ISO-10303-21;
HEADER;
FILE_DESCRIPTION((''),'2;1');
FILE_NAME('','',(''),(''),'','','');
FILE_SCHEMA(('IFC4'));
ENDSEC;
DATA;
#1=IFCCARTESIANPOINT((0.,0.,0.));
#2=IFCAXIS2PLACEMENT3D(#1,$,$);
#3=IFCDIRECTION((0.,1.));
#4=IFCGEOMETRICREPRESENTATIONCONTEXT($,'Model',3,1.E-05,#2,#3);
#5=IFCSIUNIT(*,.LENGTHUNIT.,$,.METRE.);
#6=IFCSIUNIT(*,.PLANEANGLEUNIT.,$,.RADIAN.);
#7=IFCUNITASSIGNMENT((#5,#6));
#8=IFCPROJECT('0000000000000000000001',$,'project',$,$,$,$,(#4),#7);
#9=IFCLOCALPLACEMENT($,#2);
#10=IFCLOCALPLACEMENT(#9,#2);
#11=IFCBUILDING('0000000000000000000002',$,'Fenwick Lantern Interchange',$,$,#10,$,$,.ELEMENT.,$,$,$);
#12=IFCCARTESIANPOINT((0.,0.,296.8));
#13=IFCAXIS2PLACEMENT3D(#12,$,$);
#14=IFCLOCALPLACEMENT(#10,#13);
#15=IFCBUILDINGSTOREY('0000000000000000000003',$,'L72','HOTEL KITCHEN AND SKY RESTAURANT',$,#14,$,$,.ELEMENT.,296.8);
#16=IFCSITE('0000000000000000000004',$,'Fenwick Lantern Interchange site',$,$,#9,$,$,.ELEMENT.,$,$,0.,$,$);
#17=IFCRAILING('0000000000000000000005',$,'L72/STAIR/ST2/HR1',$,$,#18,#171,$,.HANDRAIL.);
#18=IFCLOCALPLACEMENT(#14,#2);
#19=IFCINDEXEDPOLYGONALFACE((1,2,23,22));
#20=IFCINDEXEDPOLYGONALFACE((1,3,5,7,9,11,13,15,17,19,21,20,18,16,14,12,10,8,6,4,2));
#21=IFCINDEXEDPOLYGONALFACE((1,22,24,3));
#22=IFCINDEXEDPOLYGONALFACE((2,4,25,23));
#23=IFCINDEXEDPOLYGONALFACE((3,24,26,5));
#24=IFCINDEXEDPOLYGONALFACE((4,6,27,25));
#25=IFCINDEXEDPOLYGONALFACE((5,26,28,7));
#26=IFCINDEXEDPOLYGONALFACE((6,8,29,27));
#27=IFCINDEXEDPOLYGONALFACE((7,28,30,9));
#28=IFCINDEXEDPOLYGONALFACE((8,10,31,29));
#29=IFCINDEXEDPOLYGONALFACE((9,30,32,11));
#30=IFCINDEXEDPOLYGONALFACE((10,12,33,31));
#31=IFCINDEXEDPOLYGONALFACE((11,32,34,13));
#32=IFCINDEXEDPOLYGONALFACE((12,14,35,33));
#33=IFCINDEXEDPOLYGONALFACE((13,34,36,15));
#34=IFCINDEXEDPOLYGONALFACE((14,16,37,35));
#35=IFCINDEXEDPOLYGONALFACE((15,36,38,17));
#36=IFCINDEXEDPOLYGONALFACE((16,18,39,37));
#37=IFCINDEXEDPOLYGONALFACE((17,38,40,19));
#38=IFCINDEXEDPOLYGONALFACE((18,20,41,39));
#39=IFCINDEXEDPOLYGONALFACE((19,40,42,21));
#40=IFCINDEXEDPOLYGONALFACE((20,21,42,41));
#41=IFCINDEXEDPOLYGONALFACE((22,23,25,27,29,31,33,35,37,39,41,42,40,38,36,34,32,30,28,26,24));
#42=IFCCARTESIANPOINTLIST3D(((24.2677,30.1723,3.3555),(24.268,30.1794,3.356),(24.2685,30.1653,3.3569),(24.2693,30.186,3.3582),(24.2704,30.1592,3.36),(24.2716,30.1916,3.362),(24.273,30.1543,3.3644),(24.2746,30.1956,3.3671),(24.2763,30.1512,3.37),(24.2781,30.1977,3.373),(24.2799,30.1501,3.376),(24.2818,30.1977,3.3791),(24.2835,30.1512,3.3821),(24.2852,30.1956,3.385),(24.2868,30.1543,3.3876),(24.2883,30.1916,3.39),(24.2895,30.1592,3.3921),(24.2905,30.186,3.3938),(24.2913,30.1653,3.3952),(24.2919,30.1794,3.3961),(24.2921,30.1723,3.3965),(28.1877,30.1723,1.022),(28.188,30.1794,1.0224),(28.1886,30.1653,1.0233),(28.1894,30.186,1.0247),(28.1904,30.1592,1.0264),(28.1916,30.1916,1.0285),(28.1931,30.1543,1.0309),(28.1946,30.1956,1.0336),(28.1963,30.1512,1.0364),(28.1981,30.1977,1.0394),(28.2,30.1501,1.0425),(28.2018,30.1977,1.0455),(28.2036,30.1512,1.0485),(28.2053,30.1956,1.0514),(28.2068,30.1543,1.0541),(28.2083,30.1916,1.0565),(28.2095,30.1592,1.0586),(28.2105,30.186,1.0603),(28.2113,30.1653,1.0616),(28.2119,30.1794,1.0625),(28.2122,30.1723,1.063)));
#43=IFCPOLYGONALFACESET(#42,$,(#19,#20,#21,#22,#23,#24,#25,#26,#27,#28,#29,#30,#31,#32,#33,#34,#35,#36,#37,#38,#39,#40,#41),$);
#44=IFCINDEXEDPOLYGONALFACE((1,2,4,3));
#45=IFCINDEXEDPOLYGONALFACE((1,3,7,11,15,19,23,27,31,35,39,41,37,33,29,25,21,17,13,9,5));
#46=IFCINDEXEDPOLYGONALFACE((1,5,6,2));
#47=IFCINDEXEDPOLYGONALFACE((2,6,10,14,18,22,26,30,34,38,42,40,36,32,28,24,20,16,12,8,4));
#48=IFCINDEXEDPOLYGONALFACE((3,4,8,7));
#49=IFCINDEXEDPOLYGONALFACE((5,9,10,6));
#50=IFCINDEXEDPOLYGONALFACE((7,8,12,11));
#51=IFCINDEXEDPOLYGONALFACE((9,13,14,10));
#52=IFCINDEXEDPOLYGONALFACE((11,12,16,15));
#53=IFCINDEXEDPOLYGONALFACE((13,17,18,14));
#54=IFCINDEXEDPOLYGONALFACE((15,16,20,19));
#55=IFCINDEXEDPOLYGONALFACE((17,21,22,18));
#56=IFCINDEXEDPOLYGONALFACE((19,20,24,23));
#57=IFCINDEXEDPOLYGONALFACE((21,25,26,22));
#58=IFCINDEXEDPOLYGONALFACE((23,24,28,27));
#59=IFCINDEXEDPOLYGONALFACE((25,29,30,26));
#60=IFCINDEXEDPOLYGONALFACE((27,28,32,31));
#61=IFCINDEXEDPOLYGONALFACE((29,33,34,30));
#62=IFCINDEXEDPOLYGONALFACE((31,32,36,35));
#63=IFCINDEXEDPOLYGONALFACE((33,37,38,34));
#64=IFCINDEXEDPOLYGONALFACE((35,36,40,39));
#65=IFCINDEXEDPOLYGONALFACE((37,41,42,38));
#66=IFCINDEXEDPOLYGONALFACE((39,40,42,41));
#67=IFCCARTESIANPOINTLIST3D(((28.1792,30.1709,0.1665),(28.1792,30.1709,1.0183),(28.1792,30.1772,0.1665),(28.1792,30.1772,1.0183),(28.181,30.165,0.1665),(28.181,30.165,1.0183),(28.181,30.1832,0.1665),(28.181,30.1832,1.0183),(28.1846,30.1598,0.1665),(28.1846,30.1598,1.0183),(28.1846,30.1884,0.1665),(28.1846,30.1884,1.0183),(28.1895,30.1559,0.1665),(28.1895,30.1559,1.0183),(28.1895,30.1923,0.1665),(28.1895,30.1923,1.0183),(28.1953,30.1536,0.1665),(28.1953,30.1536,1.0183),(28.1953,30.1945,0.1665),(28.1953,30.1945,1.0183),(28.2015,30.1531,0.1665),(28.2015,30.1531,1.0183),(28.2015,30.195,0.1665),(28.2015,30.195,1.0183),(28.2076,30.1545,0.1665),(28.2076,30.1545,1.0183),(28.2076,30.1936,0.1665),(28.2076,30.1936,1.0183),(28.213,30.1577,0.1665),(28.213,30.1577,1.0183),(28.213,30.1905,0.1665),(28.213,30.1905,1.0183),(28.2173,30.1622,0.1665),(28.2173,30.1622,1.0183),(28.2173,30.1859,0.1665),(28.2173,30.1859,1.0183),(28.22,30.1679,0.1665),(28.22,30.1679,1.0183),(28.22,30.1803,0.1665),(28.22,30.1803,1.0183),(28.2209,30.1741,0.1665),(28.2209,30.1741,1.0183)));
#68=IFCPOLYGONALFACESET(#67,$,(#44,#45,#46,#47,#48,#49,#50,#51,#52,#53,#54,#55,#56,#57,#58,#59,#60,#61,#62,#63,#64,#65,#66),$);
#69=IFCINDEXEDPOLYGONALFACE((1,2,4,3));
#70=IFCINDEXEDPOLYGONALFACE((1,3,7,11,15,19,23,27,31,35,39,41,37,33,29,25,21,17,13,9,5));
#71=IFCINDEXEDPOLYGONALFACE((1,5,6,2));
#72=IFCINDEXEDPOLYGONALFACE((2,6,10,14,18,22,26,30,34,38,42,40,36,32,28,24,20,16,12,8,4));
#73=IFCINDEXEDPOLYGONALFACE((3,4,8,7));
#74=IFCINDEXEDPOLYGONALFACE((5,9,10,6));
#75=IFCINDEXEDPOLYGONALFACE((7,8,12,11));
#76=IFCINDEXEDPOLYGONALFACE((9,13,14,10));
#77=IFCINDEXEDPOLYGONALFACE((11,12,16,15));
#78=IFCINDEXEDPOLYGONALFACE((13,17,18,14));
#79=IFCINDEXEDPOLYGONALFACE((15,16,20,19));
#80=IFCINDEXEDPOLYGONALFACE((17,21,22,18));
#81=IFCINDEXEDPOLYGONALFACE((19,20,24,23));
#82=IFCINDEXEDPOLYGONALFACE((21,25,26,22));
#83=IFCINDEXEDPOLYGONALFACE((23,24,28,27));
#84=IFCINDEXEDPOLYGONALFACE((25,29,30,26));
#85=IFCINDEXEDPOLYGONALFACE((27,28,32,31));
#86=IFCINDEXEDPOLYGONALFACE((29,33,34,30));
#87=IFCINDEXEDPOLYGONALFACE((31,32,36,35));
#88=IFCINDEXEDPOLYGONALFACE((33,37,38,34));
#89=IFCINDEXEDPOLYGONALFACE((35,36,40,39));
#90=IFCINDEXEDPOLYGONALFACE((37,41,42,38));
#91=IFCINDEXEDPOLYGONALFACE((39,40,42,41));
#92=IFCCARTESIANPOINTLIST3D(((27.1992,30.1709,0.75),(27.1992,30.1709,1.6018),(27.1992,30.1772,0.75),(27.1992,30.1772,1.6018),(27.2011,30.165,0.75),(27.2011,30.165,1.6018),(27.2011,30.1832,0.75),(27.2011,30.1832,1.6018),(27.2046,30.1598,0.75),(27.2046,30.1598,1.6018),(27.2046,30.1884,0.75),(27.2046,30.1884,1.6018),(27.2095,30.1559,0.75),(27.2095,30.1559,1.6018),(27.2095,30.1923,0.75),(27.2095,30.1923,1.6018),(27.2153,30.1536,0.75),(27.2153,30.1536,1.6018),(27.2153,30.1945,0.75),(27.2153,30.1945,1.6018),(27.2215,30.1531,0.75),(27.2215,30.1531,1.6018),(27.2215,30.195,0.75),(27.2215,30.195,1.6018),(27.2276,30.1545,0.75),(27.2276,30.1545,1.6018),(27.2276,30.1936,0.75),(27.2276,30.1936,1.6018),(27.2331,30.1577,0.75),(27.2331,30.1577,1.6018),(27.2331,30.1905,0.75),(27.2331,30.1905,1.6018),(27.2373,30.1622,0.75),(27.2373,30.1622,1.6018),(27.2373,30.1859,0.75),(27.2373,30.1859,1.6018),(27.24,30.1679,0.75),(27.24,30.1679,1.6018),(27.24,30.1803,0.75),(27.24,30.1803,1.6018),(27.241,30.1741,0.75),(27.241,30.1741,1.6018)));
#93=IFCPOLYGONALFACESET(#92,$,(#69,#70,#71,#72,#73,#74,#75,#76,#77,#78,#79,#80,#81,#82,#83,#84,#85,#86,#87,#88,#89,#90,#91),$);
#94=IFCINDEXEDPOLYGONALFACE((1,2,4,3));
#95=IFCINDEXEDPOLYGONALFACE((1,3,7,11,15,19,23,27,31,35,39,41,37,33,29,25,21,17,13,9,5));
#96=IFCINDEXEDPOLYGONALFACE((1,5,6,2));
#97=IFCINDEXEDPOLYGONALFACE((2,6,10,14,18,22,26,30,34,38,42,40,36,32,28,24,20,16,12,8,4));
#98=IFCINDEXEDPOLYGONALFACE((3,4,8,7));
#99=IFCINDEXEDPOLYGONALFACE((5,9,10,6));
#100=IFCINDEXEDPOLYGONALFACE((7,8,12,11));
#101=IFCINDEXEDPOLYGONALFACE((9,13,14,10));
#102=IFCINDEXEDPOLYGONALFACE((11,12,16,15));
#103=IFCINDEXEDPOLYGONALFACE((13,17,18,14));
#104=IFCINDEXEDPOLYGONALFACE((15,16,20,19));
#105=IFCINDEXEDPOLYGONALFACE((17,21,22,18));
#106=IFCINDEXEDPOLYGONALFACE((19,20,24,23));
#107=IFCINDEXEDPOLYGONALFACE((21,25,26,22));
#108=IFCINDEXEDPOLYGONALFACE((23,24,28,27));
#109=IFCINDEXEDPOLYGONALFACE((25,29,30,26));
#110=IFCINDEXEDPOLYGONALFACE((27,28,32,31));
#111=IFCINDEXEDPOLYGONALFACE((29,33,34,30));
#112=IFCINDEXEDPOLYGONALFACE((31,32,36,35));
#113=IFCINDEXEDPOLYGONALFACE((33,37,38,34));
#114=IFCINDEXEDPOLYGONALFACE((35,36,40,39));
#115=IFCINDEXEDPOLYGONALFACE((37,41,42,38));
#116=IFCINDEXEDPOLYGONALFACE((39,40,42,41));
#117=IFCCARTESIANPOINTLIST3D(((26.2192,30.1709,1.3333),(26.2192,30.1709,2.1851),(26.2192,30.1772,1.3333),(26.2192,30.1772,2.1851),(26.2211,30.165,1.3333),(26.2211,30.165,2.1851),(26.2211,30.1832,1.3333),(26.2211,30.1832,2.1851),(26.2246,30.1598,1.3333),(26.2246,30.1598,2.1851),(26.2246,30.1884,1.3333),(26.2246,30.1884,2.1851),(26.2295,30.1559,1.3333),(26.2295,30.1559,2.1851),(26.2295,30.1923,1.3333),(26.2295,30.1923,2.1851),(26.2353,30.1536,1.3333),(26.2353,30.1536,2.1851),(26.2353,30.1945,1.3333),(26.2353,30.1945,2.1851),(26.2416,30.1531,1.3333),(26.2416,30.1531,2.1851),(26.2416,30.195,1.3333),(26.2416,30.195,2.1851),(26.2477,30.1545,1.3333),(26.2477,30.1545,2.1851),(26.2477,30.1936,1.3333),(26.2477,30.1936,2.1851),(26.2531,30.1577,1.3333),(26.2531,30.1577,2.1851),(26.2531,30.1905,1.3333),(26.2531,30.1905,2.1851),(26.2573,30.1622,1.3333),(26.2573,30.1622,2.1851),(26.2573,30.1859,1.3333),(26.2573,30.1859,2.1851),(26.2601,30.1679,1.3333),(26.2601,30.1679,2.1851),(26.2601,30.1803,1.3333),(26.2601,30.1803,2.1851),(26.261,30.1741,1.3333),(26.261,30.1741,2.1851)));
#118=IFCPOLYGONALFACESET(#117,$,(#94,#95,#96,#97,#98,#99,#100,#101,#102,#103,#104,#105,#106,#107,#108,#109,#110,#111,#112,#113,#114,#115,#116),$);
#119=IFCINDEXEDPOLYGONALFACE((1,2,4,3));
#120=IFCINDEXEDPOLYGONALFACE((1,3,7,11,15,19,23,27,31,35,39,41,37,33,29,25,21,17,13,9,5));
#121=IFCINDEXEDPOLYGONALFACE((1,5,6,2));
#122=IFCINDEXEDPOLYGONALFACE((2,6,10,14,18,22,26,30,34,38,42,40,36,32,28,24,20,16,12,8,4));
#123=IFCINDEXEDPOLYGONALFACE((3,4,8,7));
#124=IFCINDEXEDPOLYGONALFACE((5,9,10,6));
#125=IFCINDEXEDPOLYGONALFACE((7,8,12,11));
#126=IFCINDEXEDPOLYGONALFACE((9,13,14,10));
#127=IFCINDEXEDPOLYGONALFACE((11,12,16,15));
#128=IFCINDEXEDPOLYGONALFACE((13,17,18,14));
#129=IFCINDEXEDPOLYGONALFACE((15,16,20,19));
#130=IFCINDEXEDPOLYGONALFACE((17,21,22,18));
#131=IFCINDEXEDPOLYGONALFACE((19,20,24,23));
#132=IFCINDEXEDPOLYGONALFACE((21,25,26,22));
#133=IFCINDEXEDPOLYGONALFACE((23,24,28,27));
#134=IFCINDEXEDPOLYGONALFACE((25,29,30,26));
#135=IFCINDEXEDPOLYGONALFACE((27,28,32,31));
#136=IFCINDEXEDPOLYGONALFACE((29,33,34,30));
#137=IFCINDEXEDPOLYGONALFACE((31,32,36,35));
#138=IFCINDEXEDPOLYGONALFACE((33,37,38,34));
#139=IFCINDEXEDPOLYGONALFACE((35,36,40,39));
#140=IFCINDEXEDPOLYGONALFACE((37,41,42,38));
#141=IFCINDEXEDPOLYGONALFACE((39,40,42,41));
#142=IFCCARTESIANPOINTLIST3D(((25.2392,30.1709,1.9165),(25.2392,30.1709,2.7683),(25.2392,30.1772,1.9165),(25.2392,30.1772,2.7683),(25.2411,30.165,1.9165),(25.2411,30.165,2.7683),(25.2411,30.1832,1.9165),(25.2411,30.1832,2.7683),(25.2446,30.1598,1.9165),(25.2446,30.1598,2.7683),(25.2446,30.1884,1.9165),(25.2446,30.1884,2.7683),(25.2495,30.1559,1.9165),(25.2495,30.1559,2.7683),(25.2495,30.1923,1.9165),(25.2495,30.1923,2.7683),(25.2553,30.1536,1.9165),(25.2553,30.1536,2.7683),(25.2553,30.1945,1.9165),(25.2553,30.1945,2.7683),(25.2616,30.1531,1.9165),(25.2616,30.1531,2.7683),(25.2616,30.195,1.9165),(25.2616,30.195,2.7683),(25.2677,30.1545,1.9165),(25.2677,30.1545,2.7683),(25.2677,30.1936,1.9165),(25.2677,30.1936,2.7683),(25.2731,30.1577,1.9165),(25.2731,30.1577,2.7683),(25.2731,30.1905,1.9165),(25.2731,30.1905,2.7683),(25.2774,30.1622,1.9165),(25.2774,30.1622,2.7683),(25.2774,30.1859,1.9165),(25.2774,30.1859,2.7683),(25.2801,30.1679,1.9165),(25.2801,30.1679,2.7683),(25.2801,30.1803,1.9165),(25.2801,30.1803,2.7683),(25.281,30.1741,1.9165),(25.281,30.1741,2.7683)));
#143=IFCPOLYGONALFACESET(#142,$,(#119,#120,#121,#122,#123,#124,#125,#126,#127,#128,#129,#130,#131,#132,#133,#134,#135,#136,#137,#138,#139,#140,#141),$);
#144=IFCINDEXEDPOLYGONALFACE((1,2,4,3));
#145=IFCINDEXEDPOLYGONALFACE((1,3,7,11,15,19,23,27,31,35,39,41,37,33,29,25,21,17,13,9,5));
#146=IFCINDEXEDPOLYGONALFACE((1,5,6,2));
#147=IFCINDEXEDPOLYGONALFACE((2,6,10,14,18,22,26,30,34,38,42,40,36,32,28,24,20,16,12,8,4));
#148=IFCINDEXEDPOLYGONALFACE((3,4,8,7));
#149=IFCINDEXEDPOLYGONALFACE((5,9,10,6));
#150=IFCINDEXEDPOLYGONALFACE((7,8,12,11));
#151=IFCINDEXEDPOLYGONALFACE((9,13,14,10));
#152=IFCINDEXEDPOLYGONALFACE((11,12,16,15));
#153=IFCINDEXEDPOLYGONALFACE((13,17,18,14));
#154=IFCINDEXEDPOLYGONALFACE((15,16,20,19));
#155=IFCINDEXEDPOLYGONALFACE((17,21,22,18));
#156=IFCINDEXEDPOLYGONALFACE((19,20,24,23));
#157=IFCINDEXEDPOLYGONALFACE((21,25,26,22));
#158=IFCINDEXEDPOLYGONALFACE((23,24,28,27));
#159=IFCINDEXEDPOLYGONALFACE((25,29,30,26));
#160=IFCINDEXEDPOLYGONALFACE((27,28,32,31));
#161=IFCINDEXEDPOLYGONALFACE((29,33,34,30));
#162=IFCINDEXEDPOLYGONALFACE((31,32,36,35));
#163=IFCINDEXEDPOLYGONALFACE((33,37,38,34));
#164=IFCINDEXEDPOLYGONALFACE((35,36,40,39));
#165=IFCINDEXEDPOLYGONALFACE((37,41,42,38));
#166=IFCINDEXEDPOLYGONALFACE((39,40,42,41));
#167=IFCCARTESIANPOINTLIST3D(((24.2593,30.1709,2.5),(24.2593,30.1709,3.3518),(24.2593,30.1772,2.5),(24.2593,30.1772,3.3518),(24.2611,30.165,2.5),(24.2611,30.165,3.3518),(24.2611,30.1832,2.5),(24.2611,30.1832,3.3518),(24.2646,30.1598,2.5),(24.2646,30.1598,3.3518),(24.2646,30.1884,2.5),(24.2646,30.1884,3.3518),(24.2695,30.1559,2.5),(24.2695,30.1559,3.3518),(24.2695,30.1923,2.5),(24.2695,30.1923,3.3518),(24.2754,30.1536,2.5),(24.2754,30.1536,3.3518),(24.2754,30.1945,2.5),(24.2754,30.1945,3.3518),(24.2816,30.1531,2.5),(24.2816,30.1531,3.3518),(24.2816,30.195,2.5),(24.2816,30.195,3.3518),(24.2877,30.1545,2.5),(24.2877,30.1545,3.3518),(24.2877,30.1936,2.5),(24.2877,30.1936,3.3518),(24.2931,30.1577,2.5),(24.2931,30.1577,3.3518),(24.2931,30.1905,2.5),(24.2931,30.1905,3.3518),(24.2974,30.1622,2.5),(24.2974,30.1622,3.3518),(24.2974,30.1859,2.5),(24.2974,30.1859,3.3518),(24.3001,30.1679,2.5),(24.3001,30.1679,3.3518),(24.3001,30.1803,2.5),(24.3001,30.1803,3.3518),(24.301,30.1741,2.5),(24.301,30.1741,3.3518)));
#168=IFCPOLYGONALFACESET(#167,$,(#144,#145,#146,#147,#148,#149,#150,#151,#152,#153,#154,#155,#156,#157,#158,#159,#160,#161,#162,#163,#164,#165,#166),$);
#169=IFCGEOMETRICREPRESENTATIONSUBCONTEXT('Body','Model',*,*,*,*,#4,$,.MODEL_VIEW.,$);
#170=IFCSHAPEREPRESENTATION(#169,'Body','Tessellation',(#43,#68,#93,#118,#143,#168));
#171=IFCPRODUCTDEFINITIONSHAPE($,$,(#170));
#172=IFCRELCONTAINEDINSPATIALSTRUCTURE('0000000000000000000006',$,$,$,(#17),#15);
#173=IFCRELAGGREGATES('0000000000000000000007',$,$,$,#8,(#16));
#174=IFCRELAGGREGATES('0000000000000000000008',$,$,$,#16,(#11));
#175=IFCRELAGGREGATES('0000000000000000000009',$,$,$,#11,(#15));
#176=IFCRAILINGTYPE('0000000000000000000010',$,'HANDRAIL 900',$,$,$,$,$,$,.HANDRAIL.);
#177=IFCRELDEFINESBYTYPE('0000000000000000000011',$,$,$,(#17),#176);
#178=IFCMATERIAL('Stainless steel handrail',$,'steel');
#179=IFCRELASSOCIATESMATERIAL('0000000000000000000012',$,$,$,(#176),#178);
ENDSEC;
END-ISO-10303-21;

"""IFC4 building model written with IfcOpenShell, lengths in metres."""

from ifc_helpers import new_model, si_unit, direction, frame, origin, origin_2d, place, context, subcontext, project, spatial, circle, extrude, material, type_object, element, save


model = new_model("IFC4")

# Units and contexts
model_context = context("Model", 3, precision=1e-05, world=origin(), true_north=direction((0.0, 1.0)))
body_context = subcontext(model_context, "Body", "Model", "MODEL_VIEW")
ifc_project = project(units=[si_unit("LENGTHUNIT", "METRE"), si_unit("PLANEANGLEUNIT", "RADIAN")], contexts=[model_context])

# Site, building, storey
site_placement = place(None, origin())
site = spatial("IfcSite", under=ifc_project, at=site_placement, Name="Fenwick Lantern Interchange site", CompositionType="ELEMENT", RefElevation=0.0)
building_placement = place(site_placement, origin())
building = spatial("IfcBuilding", under=site, at=building_placement, Name="Fenwick Lantern Interchange", CompositionType="ELEMENT")
storey_placement = place(building_placement, frame((0.0, 0.0, 296.8)))
storey = spatial("IfcBuildingStorey", under=building, at=storey_placement, Name="L72", Description="HOTEL KITCHEN AND SKY RESTAURANT", CompositionType="ELEMENT", Elevation=296.8)

# Railing
ifc_material_1 = material(Name="Stainless steel handrail", Category="steel")
railing_type = type_object("IfcRailingType", Name="HANDRAIL 900", PredefinedType="HANDRAIL", material=ifc_material_1)
railing_1_placement = place(storey_placement, frame((28.2, 30.1741, 0.1665)))
element("IfcRailing", 1, at=railing_1_placement, inside=storey, type_object=railing_type, Name="L72/STAIR/ST2/HR1", PredefinedType="HANDRAIL", context=body_context, shape_type="SweptSolid", body=[
    extrude(circle(Radius=0.0239, at=origin_2d()), frame((0.0, 0.0, 0.876), z_axis=(-0.859273, 0.0, 0.511518), x_axis=(0.0, -1.0, 0.0)), (0.0, 0.0, 1.0), 4.562),
    extrude(circle(Radius=0.021, at=origin_2d()), origin(), (0.0, 0.0, 1.0), 0.8518),
    extrude(circle(Radius=0.021, at=origin_2d()), frame((-0.98, 0.0, 0.5835)), (0.0, 0.0, 1.0), 0.8518),
    extrude(circle(Radius=0.021, at=origin_2d()), frame((-1.96, 0.0, 1.1667)), (0.0, 0.0, 1.0), 0.8518),
    extrude(circle(Radius=0.021, at=origin_2d()), frame((-2.9399, 0.0, 1.75)), (0.0, 0.0, 1.0), 0.8518),
    extrude(circle(Radius=0.021, at=origin_2d()), frame((-3.9199, 0.0, 2.3335)), (0.0, 0.0, 1.0), 0.8518),
])

save(model, "model.ifc")
